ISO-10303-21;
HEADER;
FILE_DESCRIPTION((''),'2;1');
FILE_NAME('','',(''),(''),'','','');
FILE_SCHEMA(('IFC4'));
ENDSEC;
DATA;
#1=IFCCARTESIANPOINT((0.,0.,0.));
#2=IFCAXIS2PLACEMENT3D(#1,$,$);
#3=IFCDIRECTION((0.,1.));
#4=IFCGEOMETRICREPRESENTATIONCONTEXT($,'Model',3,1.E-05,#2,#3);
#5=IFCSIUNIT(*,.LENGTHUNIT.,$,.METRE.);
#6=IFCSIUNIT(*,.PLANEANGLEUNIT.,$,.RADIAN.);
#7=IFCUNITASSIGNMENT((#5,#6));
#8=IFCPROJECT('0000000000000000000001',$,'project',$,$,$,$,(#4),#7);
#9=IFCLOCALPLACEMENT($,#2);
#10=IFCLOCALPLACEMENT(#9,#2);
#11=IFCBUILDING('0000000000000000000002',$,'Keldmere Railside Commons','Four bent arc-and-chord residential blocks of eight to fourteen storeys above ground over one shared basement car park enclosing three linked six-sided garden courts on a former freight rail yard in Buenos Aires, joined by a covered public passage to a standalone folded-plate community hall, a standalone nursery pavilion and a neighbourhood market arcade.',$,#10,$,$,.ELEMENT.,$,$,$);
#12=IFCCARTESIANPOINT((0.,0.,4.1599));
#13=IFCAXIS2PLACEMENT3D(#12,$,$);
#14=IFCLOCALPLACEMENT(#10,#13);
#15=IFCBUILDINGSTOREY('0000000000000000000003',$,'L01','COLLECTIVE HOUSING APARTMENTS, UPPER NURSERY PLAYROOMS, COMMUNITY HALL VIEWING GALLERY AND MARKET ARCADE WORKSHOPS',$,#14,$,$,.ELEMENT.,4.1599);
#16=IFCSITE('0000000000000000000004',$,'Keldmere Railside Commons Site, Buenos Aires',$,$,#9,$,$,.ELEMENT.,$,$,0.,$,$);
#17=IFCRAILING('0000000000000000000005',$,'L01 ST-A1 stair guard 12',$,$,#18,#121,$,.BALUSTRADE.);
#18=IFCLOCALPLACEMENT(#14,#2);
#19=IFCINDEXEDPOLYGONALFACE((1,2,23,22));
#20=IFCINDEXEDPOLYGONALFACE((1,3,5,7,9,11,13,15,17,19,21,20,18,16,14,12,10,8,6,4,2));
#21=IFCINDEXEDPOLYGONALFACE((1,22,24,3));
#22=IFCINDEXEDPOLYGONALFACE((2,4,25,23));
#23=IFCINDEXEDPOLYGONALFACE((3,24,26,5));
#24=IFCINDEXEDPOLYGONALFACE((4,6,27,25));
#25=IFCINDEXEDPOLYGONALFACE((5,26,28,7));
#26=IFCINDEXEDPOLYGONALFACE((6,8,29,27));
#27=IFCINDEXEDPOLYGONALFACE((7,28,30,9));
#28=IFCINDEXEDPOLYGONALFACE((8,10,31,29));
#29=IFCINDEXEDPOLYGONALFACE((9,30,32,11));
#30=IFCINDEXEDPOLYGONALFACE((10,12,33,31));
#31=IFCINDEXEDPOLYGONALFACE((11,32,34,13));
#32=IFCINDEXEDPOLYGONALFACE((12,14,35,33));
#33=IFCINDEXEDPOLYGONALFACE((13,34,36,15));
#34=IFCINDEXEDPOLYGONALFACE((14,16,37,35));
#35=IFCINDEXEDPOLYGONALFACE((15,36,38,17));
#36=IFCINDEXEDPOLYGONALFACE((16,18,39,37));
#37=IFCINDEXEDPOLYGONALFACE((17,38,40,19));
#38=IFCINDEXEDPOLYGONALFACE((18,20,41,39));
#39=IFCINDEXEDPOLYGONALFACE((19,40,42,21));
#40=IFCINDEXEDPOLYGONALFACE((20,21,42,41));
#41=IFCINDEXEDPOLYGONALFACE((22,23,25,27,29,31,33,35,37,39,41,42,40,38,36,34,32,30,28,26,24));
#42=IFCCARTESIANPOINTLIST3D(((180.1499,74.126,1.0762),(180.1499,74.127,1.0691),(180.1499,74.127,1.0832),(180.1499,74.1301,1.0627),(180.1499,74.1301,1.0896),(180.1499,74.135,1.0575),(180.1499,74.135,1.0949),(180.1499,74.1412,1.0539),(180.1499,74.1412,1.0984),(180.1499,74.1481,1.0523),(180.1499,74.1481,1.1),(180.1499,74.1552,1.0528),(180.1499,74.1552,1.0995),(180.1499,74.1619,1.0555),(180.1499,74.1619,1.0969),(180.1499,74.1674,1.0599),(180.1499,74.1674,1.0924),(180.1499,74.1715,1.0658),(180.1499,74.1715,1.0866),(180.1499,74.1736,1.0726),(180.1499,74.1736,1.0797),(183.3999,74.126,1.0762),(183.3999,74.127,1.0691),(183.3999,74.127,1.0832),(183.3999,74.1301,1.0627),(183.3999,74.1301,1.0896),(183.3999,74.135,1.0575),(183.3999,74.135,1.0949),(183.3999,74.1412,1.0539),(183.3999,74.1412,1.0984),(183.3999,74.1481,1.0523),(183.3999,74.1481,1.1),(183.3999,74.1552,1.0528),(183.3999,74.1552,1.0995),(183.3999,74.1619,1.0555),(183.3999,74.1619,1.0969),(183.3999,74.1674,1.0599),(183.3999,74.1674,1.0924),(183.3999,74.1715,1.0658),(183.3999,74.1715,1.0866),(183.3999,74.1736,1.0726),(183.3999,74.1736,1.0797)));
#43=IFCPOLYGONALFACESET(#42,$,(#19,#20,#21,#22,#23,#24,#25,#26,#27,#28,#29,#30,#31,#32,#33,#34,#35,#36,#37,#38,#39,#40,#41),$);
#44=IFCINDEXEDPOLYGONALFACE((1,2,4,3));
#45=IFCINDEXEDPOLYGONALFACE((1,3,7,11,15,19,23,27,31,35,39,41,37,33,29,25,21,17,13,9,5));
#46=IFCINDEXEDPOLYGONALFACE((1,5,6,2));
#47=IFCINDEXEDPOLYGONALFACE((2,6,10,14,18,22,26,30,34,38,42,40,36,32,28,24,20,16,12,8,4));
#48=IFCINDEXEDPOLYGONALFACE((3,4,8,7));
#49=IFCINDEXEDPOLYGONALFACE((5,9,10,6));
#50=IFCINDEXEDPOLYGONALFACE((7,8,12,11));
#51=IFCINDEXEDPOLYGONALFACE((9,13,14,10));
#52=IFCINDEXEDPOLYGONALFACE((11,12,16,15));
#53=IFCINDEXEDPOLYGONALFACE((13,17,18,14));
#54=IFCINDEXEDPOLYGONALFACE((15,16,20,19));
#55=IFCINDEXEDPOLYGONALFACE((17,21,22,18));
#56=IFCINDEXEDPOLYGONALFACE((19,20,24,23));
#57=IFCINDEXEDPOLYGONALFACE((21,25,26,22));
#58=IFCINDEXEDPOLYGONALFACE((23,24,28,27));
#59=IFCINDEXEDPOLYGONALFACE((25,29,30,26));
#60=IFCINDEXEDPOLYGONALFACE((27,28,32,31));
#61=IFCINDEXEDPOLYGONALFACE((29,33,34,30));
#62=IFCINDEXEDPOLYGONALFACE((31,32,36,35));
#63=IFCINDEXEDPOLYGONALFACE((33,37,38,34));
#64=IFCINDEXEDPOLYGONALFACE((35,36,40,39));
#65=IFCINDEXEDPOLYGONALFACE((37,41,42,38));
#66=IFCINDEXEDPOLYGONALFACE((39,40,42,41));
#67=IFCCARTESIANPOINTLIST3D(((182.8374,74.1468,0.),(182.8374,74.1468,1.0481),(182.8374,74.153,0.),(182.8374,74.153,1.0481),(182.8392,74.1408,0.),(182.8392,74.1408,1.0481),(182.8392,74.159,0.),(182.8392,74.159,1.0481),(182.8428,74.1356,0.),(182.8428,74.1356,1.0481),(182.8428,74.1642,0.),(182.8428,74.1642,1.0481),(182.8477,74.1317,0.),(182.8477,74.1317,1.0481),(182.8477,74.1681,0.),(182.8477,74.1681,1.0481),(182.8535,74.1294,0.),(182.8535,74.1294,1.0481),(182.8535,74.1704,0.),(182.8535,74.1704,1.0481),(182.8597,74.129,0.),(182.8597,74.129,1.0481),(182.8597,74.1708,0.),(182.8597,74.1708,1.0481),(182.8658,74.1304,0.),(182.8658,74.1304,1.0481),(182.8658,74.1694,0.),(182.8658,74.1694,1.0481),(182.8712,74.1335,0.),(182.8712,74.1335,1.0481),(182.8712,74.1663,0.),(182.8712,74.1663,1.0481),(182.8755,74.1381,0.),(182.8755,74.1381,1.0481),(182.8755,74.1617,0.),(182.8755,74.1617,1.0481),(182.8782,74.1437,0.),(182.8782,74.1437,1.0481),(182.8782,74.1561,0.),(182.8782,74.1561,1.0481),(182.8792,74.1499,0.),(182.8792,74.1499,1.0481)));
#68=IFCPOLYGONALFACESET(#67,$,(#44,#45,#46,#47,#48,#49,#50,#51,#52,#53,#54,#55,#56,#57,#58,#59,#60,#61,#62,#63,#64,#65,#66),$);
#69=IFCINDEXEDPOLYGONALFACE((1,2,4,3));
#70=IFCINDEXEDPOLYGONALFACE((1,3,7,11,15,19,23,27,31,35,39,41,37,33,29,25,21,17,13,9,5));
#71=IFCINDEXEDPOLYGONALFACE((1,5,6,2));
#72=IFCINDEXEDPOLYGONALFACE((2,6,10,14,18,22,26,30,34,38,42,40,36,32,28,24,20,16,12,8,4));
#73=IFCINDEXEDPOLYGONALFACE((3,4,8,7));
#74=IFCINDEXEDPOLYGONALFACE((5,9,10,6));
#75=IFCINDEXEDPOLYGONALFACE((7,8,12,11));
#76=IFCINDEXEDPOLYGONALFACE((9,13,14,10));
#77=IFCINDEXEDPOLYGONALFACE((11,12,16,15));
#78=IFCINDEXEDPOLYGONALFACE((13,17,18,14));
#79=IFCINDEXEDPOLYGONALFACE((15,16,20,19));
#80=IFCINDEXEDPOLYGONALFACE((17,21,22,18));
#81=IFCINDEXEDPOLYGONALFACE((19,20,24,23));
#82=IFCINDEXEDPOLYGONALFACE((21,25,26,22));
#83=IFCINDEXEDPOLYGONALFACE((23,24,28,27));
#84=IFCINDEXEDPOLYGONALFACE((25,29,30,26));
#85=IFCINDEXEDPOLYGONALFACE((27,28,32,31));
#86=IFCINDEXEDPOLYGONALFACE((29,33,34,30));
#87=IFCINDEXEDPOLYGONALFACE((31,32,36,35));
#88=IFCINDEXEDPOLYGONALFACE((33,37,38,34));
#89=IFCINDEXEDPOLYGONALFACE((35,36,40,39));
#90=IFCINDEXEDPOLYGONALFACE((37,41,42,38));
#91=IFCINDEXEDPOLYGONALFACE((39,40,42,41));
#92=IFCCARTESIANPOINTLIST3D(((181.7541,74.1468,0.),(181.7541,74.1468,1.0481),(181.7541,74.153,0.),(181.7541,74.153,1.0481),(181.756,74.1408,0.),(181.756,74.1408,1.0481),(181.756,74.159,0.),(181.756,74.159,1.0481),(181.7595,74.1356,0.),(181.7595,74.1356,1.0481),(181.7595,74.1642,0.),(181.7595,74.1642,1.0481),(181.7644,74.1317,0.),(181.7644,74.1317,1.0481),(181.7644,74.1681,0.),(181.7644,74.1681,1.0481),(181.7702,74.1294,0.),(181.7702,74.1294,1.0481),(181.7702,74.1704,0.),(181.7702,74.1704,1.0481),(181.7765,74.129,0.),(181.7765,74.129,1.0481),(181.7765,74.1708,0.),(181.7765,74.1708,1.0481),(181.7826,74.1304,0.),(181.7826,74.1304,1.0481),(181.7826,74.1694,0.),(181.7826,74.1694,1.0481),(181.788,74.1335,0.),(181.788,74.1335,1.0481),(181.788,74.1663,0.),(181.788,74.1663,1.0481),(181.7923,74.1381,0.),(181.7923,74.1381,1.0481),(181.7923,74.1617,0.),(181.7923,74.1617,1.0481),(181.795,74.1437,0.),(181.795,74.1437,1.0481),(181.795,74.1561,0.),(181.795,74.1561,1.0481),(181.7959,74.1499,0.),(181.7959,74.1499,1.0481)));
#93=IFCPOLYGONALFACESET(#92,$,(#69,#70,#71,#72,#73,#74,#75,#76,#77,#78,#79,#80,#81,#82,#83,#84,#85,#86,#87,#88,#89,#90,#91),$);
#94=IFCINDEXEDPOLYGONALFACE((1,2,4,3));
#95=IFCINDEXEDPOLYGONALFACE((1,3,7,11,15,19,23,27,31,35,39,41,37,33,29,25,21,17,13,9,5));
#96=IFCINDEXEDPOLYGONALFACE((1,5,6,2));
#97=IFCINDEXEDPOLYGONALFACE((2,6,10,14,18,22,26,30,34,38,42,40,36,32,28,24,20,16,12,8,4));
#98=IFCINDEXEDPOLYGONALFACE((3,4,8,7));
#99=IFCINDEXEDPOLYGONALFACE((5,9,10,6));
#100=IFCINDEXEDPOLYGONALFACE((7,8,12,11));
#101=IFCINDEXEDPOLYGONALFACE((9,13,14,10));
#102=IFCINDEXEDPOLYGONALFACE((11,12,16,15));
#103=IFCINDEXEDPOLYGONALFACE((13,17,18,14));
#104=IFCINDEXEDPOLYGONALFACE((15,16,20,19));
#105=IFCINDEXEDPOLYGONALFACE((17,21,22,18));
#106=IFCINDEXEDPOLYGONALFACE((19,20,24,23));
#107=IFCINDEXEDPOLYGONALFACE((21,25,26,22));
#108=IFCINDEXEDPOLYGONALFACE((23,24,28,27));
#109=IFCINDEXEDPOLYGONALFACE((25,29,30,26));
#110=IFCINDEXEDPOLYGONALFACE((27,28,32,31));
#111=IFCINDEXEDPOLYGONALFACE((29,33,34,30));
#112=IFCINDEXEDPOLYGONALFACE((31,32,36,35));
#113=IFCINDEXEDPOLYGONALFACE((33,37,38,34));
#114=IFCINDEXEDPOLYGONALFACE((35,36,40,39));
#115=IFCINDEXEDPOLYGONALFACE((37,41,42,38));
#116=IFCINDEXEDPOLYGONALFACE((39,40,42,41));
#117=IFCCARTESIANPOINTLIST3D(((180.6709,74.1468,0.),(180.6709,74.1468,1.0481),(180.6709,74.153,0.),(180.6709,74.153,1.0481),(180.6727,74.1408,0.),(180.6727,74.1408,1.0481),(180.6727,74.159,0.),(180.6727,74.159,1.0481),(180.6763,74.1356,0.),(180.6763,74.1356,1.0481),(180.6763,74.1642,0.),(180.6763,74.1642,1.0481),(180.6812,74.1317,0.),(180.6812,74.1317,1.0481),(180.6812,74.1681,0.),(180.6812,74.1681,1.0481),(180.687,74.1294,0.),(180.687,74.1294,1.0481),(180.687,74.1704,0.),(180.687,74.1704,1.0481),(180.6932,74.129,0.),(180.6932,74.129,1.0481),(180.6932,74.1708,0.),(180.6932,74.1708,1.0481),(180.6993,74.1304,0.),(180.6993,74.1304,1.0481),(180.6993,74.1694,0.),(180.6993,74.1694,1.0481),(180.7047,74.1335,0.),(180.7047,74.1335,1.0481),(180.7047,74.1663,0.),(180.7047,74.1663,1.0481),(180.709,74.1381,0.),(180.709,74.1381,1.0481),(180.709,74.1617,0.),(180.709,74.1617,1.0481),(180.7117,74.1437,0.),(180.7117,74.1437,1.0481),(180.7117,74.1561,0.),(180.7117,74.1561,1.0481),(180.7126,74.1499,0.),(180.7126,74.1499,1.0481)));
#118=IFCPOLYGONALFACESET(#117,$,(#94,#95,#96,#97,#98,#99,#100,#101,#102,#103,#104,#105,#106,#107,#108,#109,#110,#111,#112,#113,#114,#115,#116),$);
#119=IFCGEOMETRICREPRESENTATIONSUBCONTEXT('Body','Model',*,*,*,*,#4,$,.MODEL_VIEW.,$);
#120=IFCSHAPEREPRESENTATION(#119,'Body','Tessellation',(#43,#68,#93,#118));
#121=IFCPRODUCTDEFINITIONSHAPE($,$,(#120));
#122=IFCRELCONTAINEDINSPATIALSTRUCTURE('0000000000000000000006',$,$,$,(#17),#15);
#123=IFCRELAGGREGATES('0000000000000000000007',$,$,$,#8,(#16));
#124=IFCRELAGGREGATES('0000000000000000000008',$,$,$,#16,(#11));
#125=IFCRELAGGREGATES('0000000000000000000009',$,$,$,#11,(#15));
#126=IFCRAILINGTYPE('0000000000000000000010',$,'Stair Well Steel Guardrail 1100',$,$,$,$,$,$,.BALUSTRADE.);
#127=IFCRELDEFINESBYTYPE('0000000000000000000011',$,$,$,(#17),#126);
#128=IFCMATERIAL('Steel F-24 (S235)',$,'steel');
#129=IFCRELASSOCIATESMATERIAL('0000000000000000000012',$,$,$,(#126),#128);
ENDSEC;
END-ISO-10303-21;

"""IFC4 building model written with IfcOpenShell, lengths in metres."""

from ifc_helpers import new_model, si_unit, direction, frame, origin, origin_2d, place, context, subcontext, project, spatial, circle, extrude, material, type_object, element, save


model = new_model("IFC4")

# Units and contexts
model_context = context("Model", 3, precision=1e-05, world=origin(), true_north=direction((0.0, 1.0)))
body_context = subcontext(model_context, "Body", "Model", "MODEL_VIEW")
ifc_project = project(units=[si_unit("LENGTHUNIT", "METRE"), si_unit("PLANEANGLEUNIT", "RADIAN")], contexts=[model_context])

# Site, building, storey
site_placement = place(None, origin())
site = spatial("IfcSite", under=ifc_project, at=site_placement, Name="Keldmere Railside Commons Site, Buenos Aires", CompositionType="ELEMENT", RefElevation=0.0)
building_placement = place(site_placement, origin())
building = spatial("IfcBuilding", under=site, at=building_placement, Name="Keldmere Railside Commons", Description="Four bent arc-and-chord residential blocks of eight to fourteen storeys above ground over one shared basement car park enclosing three linked six-sided garden courts on a former freight rail yard in Buenos Aires, joined by a covered public passage to a standalone folded-plate community hall, a standalone nursery pavilion and a neighbourhood market arcade.", CompositionType="ELEMENT")
storey_placement = place(building_placement, frame((0.0, 0.0, 4.1599)))
storey = spatial("IfcBuildingStorey", under=building, at=storey_placement, Name="L01", Description="COLLECTIVE HOUSING APARTMENTS, UPPER NURSERY PLAYROOMS, COMMUNITY HALL VIEWING GALLERY AND MARKET ARCADE WORKSHOPS", CompositionType="ELEMENT", Elevation=4.1599)

# Shared definitions
ifc_material_1 = material(Name="Steel F-24 (S235)", Category="steel")

# Railing
railing_type_1 = type_object("IfcRailingType", Name="Stair Well Steel Guardrail 1100", PredefinedType="BALUSTRADE", material=ifc_material_1)
railing_1_placement = place(storey_placement, frame((183.3999, 74.1499, 0.0)))
element("IfcRailing", 1, at=railing_1_placement, inside=storey, type_object=railing_type_1, Name="L01 ST-A1 stair guard 12", PredefinedType="BALUSTRADE", context=body_context, shape_type="SweptSolid", body=[
    extrude(circle(Radius=0.0239, at=origin_2d()), frame((0.0, 0.0, 1.0762), z_axis=(-1.0, 0.0, 0.0), x_axis=(0.0, -1.0, 0.0)), (0.0, 0.0, 1.0), 3.25),
    extrude(circle(Radius=0.021, at=origin_2d()), frame((-0.5417, 0.0, 0.0)), (0.0, 0.0, 1.0), 1.0481),
    extrude(circle(Radius=0.021, at=origin_2d()), frame((-1.625, 0.0, 0.0)), (0.0, 0.0, 1.0), 1.0481),
    extrude(circle(Radius=0.021, at=origin_2d()), frame((-2.7083, 0.0, 0.0)), (0.0, 0.0, 1.0), 1.0481),
])

save(model, "model.ifc")
